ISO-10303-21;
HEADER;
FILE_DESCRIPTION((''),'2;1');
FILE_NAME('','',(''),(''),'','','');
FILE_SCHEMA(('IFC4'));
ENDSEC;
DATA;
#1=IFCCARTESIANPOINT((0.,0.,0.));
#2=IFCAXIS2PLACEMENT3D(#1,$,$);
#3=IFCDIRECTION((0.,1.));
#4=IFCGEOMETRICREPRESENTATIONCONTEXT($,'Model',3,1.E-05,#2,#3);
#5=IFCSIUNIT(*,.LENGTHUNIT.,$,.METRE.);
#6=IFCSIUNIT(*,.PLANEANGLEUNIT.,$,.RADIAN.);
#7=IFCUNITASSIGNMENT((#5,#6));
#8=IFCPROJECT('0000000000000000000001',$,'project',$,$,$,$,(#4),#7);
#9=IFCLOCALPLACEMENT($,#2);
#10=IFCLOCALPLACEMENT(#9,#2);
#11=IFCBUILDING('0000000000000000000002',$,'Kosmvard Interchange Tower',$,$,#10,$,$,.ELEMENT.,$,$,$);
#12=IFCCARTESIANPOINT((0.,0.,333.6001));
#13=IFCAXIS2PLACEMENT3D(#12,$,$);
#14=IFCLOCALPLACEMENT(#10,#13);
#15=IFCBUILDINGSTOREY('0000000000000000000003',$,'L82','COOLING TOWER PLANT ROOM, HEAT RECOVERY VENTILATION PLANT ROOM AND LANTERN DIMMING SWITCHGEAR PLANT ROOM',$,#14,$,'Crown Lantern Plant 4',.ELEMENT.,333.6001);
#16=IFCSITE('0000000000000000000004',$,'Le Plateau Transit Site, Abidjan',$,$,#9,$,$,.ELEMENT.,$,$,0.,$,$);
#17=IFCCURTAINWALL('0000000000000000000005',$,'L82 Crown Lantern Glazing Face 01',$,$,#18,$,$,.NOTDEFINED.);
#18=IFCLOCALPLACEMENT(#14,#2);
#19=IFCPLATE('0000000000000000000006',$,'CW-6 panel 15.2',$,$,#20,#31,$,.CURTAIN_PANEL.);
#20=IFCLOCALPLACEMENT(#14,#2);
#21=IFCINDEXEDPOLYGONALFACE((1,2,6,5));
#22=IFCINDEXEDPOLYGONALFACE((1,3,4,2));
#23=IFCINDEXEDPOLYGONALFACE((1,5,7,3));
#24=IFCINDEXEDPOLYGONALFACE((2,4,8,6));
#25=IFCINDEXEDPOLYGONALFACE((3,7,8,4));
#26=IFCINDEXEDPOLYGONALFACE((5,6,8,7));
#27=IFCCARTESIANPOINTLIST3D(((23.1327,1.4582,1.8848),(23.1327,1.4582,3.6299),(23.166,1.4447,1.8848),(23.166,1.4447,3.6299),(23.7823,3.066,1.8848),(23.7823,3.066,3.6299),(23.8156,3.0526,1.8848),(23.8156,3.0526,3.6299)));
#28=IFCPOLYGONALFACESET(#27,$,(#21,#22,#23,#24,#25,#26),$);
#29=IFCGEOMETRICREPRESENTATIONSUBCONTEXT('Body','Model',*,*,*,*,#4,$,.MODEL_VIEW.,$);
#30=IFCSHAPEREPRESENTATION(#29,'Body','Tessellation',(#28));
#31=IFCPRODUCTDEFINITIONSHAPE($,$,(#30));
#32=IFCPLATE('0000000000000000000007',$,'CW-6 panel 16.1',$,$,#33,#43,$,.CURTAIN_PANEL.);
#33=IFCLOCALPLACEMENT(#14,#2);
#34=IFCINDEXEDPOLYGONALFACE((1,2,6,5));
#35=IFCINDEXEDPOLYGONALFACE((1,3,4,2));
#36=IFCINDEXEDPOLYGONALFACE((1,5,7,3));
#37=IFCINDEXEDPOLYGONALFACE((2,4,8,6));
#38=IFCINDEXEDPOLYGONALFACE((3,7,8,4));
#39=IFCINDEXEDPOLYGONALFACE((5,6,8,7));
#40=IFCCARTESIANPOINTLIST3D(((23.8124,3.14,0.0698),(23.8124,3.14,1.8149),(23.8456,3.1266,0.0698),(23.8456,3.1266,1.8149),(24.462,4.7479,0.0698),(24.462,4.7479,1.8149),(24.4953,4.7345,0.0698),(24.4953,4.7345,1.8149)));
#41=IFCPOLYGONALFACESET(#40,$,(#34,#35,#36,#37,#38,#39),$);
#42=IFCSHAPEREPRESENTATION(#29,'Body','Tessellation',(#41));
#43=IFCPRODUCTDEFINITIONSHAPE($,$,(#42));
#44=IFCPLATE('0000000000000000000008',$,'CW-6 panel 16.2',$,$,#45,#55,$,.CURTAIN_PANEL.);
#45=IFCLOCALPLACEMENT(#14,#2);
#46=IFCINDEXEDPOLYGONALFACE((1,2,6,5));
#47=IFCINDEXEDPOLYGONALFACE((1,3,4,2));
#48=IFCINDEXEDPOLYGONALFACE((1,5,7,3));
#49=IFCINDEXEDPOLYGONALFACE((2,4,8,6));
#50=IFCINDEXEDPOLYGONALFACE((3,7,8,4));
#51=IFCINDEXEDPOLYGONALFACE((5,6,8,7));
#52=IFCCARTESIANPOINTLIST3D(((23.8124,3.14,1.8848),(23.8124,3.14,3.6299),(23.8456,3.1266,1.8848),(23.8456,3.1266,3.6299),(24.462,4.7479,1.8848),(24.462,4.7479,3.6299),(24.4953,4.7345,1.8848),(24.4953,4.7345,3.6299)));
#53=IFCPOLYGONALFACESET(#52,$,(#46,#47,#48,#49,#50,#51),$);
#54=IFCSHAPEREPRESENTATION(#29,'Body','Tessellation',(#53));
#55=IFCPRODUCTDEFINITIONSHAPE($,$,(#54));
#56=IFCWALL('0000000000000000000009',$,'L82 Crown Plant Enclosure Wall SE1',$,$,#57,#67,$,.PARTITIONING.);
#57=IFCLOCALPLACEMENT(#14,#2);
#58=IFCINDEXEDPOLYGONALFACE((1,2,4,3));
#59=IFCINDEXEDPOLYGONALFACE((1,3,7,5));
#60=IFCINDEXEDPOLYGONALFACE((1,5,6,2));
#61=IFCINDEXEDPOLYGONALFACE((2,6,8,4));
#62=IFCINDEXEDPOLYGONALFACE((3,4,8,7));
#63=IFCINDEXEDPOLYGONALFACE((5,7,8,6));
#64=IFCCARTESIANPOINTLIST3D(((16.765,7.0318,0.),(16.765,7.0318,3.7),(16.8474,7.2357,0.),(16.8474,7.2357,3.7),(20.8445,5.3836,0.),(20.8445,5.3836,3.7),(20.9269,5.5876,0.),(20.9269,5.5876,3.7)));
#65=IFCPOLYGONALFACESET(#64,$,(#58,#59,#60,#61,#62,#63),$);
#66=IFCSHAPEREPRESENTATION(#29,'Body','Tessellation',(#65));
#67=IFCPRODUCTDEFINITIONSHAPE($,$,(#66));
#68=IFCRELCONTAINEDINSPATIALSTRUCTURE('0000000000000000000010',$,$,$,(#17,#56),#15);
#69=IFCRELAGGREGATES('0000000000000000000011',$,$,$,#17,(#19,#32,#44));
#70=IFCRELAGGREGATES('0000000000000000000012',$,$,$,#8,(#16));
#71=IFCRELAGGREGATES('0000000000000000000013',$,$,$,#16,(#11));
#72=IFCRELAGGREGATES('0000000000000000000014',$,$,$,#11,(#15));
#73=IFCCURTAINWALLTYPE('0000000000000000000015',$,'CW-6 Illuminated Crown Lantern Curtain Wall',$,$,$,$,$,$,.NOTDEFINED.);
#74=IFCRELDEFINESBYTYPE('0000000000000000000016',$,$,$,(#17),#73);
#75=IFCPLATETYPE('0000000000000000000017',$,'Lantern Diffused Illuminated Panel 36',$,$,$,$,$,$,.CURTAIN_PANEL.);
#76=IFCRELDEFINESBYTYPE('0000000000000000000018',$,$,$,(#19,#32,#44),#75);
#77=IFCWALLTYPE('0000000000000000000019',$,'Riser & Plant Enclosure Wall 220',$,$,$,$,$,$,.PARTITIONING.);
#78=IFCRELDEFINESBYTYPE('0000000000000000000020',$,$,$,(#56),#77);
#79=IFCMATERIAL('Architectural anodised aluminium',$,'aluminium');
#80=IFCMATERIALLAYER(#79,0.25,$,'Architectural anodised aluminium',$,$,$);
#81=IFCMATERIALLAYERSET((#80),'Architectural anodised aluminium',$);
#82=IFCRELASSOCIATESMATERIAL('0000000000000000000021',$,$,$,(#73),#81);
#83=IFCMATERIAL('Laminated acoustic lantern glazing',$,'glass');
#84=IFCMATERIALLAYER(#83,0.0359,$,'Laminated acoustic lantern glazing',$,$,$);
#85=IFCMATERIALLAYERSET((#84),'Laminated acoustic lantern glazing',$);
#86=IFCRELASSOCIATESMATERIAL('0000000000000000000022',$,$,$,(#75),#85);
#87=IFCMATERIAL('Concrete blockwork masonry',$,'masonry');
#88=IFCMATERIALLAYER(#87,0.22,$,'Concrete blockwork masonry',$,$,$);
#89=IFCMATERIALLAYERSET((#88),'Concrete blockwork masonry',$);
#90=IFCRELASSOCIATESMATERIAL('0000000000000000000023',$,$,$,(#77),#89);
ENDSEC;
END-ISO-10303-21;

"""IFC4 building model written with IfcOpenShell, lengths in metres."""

from ifc_helpers import new_model, si_unit, direction, frame, frame_2d, origin, origin_2d, place, context, subcontext, project, spatial, rectangle, extrude, source, transform, mapped, material, layer, layer_set, type_object, element, aggregate, save


model = new_model("IFC4")

# Units and contexts
model_context = context("Model", 3, precision=1e-05, world=origin(), true_north=direction((0.0, 1.0)))
body_context = subcontext(model_context, "Body", "Model", "MODEL_VIEW")
ifc_project = project(units=[si_unit("LENGTHUNIT", "METRE"), si_unit("PLANEANGLEUNIT", "RADIAN")], contexts=[model_context])

# Site, building, storey
site_placement = place(None, origin())
site = spatial("IfcSite", under=ifc_project, at=site_placement, Name="Le Plateau Transit Site, Abidjan", CompositionType="ELEMENT", RefElevation=0.0)
building_placement = place(site_placement, origin())
building = spatial("IfcBuilding", under=site, at=building_placement, Name="Kosmvard Interchange Tower", CompositionType="ELEMENT")
storey_placement = place(building_placement, frame((0.0, 0.0, 333.6001)))
storey = spatial("IfcBuildingStorey", under=building, at=storey_placement, Name="L82", Description="COOLING TOWER PLANT ROOM, HEAT RECOVERY VENTILATION PLANT ROOM AND LANTERN DIMMING SWITCHGEAR PLANT ROOM", LongName="Crown Lantern Plant 4", CompositionType="ELEMENT", Elevation=333.6001)

# Curtain wall
ifc_material_1 = material(Name="Architectural anodised aluminium", Category="aluminium")
ifc_layer_1 = layer(ifc_material_1, 0.25, Name="Architectural anodised aluminium")
ifc_layer_set_1 = layer_set([ifc_layer_1], Name="Architectural anodised aluminium")
curtain_wall_type = type_object("IfcCurtainWallType", Name="CW-6 Illuminated Crown Lantern Curtain Wall", PredefinedType="NOTDEFINED", material=ifc_layer_set_1)
curtain_wall_placement = place(storey_placement, origin())
curtain_wall = element("IfcCurtainWall", 1, at=curtain_wall_placement, inside=storey, type_object=curtain_wall_type, Name="L82 Crown Lantern Glazing Face 01", PredefinedType="NOTDEFINED")

# Plates
ifc_material_2 = material(Name="Laminated acoustic lantern glazing", Category="glass")
ifc_layer_2 = layer(ifc_material_2, 0.0359, Name="Laminated acoustic lantern glazing")
ifc_layer_set_2 = layer_set([ifc_layer_2], Name="Laminated acoustic lantern glazing")
plate_type_1 = type_object("IfcPlateType", Name="Lantern Diffused Illuminated Panel 36", PredefinedType="CURTAIN_PANEL", material=ifc_layer_set_2)
shared_shape_1 = source(origin(), body_context, "Body", "SweptSolid", [
    extrude(rectangle(XDim=1.7341, YDim=0.0359, at=origin_2d()), origin(), (0.0, 0.0, 1.0), 1.7451),
])
plate_1_placement = place(storey_placement, frame((23.4741, 2.2554, 1.8848), z_axis=(0.0, 0.0, 1.0), x_axis=(0.374607, 0.927184, 0.0)))
plate_1 = element("IfcPlate", 2, at=plate_1_placement, type_object=plate_type_1, Name="CW-6 panel 15.2", PredefinedType="CURTAIN_PANEL", context=body_context, shape_type="MappedRepresentation", body=[
    mapped(shared_shape_1, transform((0.0, 0.0, 0.0), scale=1.0)),
])
plate_2_placement = place(storey_placement, frame((24.1538, 3.9373, 0.0698), z_axis=(0.0, 0.0, 1.0), x_axis=(0.374607, 0.927184, 0.0)))
plate_2 = element("IfcPlate", 3, at=plate_2_placement, type_object=plate_type_1, Name="CW-6 panel 16.1", PredefinedType="CURTAIN_PANEL", context=body_context, shape_type="MappedRepresentation", body=[
    mapped(shared_shape_1, transform((0.0, 0.0, 0.0), scale=1.0)),
])
plate_3_placement = place(storey_placement, frame((24.1538, 3.9373, 1.8848), z_axis=(0.0, 0.0, 1.0), x_axis=(0.374607, 0.927184, 0.0)))
plate_3 = element("IfcPlate", 4, at=plate_3_placement, type_object=plate_type_1, Name="CW-6 panel 16.2", PredefinedType="CURTAIN_PANEL", context=body_context, shape_type="MappedRepresentation", body=[
    mapped(shared_shape_1, transform((0.0, 0.0, 0.0), scale=1.0)),
])
aggregate(curtain_wall, [plate_1, plate_2, plate_3])

# Wall
ifc_material_3 = material(Name="Concrete blockwork masonry", Category="masonry")
ifc_layer_3 = layer(ifc_material_3, 0.22, Name="Concrete blockwork masonry")
ifc_layer_set_3 = layer_set([ifc_layer_3], Name="Concrete blockwork masonry")
wall_type = type_object("IfcWallType", Name="Riser & Plant Enclosure Wall 220", PredefinedType="PARTITIONING", material=ifc_layer_set_3)
wall_placement = place(storey_placement, frame((20.8857, 5.4856, 0.0), z_axis=(0.0, 0.0, 1.0), x_axis=(-0.927189, 0.374593, 0.0)))
element("IfcWall", 5, at=wall_placement, inside=storey, type_object=wall_type, Name="L82 Crown Plant Enclosure Wall SE1", PredefinedType="PARTITIONING", context=body_context, shape_type="SweptSolid", body=[
    extrude(rectangle(XDim=4.3999, YDim=0.22, at=frame_2d((2.2, 0.0))), origin(), (0.0, 0.0, 1.0), 3.7),
])

save(model, "model.ifc")
